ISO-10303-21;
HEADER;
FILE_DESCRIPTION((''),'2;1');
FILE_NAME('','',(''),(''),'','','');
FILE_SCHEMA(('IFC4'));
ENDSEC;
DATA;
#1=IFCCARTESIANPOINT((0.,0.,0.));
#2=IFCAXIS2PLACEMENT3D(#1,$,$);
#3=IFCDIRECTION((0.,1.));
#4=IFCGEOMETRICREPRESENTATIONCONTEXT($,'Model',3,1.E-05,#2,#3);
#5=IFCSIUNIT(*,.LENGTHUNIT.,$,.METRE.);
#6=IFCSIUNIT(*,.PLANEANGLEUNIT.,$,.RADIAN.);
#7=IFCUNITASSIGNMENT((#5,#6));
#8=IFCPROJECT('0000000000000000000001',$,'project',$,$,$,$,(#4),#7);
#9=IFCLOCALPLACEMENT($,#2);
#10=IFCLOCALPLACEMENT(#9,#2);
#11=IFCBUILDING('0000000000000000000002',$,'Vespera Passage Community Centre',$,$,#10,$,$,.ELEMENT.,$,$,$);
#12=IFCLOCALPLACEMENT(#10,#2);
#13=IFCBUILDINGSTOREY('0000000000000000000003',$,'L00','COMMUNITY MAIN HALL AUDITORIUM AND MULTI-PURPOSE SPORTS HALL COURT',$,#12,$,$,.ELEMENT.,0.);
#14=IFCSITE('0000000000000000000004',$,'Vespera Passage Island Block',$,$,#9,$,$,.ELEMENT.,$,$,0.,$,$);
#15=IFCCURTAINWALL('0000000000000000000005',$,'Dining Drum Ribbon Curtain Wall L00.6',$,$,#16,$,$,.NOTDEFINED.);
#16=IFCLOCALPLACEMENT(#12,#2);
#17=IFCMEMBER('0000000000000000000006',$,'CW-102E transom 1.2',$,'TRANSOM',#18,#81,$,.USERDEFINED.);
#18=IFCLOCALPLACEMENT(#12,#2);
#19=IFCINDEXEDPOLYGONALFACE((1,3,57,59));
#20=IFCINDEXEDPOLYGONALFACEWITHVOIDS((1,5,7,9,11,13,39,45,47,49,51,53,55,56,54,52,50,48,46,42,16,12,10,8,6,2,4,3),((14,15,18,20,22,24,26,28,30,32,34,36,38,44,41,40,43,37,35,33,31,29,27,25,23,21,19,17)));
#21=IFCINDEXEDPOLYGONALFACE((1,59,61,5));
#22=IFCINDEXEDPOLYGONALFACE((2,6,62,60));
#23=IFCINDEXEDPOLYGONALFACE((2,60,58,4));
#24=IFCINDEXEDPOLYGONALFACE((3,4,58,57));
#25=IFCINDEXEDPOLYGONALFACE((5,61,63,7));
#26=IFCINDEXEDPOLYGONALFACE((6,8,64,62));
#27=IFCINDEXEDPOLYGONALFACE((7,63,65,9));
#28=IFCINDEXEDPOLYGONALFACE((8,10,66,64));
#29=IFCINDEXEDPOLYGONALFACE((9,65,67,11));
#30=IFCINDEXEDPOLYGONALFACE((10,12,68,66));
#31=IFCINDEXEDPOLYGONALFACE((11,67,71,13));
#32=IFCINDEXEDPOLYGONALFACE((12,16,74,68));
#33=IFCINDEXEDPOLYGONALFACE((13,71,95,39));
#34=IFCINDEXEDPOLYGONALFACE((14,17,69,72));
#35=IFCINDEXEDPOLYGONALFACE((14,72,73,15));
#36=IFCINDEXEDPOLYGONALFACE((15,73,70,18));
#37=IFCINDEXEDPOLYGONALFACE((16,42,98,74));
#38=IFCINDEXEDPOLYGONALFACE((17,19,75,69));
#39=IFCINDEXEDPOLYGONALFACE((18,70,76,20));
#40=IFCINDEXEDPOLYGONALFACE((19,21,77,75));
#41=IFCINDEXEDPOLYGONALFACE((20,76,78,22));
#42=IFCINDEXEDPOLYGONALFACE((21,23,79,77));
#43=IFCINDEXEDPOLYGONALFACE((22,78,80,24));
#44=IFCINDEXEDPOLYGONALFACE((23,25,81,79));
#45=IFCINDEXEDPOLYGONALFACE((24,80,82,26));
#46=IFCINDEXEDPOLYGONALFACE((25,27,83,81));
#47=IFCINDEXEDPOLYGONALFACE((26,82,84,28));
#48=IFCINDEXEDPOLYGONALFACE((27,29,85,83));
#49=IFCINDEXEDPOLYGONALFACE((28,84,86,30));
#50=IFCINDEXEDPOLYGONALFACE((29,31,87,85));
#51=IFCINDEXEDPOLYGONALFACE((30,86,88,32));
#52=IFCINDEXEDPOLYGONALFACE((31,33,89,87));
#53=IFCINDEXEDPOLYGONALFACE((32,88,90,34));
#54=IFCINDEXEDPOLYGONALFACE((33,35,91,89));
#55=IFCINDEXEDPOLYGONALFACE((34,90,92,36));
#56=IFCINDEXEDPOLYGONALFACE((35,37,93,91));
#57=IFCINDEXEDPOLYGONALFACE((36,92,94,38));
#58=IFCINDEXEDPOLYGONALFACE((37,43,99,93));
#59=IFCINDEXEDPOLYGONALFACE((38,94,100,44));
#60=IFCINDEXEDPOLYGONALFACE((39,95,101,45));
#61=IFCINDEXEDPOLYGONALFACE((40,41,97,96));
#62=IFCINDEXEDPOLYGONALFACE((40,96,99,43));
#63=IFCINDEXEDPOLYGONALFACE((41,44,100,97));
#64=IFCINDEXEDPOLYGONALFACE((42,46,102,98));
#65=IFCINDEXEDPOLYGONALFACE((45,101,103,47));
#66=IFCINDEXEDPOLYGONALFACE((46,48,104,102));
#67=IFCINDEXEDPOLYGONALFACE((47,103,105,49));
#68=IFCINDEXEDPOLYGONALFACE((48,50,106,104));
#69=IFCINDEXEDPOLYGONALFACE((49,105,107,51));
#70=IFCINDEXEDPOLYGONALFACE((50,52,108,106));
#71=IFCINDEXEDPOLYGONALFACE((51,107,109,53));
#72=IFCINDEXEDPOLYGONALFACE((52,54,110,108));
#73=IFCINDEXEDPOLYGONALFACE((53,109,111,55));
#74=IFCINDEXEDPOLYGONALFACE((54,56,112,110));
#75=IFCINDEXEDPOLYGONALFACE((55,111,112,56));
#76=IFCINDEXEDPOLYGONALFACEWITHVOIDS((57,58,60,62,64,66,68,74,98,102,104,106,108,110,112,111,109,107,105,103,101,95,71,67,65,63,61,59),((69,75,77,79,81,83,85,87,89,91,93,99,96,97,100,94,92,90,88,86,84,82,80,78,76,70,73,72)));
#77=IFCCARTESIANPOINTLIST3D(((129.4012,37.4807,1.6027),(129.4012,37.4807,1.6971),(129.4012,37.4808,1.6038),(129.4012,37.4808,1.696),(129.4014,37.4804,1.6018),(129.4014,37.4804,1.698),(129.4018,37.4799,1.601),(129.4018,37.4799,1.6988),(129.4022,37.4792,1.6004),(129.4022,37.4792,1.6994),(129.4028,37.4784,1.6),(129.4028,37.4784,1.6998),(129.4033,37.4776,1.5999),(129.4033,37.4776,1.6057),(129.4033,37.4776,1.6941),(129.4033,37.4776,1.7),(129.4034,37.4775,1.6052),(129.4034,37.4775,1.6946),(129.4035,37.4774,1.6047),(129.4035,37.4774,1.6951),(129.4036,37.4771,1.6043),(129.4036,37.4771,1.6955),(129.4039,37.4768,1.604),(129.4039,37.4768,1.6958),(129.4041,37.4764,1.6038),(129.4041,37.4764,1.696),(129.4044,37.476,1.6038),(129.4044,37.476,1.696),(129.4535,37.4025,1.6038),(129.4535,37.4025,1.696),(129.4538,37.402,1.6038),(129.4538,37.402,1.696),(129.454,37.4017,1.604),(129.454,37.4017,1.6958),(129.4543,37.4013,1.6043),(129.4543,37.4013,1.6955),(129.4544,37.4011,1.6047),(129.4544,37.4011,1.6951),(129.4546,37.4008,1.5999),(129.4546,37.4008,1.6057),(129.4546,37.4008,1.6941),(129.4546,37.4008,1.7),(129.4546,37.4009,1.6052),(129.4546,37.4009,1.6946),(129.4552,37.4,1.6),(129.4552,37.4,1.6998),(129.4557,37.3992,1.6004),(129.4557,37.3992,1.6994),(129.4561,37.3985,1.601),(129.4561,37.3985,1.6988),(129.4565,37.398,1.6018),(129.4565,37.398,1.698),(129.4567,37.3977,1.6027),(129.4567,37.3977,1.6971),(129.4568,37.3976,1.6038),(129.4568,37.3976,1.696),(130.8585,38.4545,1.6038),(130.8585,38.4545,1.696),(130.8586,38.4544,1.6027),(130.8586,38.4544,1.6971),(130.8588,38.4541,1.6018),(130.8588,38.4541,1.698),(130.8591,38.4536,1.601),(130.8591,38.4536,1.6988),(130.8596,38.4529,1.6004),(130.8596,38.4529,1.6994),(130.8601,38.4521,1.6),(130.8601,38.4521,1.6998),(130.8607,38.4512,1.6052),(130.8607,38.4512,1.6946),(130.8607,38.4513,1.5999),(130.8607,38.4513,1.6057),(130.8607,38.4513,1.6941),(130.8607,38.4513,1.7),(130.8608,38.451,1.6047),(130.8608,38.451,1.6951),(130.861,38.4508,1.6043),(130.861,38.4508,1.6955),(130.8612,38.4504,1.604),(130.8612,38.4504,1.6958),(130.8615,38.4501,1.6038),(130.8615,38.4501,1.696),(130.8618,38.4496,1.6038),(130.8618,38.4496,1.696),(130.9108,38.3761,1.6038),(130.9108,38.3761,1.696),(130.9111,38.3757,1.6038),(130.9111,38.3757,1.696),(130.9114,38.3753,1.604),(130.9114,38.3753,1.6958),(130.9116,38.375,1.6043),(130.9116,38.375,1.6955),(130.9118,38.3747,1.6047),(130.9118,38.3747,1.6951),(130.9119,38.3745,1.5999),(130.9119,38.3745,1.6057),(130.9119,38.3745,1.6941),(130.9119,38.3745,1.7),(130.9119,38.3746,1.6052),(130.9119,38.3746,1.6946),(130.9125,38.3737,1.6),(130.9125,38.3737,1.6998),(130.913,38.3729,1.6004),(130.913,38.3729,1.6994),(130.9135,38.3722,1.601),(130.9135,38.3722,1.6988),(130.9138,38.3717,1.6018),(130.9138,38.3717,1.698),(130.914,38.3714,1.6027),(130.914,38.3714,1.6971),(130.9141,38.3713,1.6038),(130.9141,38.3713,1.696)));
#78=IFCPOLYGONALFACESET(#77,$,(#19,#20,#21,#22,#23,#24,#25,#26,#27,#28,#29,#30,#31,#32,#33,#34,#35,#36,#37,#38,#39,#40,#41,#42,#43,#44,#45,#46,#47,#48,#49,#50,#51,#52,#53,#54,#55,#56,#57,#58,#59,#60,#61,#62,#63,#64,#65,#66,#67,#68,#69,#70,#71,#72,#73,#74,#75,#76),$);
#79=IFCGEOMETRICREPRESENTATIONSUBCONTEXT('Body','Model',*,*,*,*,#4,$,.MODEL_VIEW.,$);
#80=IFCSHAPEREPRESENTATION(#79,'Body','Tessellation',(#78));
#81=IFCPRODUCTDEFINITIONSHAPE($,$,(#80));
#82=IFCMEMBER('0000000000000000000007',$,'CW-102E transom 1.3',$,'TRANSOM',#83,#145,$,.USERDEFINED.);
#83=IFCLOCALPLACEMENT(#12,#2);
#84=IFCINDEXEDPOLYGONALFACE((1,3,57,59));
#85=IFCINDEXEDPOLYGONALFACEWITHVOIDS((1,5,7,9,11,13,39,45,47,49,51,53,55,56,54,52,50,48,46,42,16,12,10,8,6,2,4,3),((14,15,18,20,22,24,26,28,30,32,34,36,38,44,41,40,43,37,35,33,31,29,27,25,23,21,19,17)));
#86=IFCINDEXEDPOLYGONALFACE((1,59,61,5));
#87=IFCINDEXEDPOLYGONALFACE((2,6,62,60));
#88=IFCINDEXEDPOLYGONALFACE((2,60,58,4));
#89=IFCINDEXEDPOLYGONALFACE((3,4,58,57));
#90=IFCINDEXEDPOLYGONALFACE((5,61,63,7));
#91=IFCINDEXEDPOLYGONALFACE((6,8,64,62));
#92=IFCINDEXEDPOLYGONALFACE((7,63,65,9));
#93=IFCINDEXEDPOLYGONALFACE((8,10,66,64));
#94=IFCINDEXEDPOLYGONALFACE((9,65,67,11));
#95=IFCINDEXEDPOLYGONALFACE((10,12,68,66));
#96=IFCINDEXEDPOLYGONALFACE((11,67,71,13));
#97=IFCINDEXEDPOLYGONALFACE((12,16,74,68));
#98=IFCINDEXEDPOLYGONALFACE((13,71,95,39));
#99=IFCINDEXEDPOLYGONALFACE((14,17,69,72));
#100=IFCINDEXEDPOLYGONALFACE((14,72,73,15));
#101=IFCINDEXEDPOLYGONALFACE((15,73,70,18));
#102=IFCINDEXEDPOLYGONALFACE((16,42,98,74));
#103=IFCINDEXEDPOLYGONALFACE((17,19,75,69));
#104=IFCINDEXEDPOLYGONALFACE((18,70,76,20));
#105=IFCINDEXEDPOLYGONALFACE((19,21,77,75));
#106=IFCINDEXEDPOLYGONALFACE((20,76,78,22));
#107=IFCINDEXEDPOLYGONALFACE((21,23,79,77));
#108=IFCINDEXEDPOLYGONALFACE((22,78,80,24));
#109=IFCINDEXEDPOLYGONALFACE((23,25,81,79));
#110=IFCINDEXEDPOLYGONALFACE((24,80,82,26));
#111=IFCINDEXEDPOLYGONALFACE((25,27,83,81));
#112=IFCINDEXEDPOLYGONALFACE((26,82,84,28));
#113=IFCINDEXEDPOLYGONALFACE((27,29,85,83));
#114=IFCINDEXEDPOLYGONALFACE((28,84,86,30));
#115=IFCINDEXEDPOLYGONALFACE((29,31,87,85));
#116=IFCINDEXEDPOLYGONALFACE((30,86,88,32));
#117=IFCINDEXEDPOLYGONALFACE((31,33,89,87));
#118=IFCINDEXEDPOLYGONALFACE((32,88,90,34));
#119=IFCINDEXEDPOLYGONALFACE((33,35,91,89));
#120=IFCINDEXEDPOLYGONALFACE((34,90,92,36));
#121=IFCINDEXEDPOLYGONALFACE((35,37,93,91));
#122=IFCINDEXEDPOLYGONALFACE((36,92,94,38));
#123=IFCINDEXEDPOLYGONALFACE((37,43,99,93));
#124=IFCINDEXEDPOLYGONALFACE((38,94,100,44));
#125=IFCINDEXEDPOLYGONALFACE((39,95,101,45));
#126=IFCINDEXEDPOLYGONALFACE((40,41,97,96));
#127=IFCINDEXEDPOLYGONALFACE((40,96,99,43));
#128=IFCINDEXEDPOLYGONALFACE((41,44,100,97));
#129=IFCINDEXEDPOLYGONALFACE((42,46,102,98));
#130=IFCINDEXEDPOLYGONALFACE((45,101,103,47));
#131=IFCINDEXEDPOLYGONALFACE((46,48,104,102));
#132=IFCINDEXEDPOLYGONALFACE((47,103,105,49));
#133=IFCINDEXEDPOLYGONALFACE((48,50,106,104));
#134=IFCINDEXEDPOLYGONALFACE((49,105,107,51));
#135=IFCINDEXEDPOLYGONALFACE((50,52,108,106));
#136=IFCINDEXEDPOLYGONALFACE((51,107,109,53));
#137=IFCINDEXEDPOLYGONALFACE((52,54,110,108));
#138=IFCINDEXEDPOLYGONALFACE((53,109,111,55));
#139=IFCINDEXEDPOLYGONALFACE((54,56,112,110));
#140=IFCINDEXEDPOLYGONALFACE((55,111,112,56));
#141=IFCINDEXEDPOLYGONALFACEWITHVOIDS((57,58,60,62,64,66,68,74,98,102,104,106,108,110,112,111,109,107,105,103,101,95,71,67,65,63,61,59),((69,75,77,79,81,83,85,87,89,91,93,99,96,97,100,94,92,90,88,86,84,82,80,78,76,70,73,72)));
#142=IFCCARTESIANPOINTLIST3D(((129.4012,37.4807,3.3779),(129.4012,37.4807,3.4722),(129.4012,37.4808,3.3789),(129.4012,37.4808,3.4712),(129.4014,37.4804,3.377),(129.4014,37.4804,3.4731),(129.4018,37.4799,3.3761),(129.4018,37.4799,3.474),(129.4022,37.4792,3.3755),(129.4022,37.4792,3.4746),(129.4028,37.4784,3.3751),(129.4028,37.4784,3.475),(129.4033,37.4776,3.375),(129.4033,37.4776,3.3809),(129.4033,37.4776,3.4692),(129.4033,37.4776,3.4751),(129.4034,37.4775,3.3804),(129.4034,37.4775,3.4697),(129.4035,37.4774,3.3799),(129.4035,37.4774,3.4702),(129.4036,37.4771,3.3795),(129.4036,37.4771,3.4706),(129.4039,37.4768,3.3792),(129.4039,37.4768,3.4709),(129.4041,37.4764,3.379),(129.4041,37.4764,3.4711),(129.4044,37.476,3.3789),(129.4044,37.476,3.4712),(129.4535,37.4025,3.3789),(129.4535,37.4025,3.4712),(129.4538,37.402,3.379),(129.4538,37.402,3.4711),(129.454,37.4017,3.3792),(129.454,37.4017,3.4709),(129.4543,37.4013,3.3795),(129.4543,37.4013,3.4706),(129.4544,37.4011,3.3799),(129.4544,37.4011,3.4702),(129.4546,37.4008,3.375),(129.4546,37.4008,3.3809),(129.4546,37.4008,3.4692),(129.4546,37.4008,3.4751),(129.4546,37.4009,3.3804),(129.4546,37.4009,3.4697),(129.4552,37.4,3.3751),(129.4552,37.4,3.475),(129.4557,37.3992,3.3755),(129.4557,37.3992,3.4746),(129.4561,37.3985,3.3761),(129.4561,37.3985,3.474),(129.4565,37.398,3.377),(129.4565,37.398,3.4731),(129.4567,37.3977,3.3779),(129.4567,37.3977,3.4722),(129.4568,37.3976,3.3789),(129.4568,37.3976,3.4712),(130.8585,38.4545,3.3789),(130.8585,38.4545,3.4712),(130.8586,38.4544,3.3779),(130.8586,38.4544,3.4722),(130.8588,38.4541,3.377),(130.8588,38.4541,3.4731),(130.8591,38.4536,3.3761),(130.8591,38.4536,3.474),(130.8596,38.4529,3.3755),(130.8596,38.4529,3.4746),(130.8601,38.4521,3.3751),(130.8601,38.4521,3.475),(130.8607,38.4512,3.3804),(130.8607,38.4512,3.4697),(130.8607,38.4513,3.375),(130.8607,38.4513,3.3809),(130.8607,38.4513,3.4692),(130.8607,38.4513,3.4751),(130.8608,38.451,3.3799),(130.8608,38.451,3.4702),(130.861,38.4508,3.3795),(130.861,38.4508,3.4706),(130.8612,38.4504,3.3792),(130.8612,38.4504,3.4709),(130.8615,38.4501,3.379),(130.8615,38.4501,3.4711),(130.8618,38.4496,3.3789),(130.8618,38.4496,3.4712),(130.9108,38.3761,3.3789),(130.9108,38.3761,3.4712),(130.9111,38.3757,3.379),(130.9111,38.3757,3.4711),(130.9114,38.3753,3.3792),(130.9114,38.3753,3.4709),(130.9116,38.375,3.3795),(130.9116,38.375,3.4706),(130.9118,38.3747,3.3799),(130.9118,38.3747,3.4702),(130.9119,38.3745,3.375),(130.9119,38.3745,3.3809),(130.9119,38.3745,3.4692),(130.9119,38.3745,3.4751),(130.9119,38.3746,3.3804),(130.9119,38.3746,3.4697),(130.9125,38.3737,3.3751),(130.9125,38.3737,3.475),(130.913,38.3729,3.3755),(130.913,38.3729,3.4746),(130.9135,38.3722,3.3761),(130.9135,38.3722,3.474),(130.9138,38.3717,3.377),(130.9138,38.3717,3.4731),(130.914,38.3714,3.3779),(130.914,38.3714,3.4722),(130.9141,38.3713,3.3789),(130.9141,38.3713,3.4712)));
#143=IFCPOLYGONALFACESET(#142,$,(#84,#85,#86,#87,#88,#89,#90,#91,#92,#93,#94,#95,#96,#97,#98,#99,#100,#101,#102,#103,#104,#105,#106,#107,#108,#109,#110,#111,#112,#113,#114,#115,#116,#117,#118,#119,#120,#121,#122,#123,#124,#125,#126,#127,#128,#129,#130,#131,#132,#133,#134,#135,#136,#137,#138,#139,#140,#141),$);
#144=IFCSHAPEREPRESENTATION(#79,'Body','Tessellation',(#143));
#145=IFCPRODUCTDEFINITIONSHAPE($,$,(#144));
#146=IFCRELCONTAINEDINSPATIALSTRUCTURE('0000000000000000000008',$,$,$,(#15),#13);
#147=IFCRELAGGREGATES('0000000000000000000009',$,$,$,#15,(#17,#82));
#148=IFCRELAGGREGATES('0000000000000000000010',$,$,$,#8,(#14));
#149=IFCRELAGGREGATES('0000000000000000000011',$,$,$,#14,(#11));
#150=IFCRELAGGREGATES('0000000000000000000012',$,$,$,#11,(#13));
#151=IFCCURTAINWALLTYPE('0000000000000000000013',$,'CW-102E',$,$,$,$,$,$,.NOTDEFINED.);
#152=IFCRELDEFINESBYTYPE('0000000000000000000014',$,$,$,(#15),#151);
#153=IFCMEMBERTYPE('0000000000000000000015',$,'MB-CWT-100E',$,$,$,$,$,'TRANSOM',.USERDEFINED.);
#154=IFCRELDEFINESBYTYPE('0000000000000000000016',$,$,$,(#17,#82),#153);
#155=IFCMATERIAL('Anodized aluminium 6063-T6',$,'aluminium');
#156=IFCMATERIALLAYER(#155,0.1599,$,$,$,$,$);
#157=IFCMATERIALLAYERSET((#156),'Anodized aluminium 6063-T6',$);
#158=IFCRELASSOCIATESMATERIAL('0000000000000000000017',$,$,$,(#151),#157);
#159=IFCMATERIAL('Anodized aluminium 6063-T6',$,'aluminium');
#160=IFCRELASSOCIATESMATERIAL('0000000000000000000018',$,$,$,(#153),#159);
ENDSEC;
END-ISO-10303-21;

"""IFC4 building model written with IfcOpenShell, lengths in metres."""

from ifc_helpers import new_model, si_unit, direction, frame, origin, origin_2d, place, context, subcontext, project, spatial, hollow_rectangle, extrude, material, layer, layer_set, material_profile, profile_set, type_object, element, aggregate, save


model = new_model("IFC4")

# Units and contexts
model_context = context("Model", 3, precision=1e-05, world=origin(), true_north=direction((0.0, 1.0)))
body_context = subcontext(model_context, "Body", "Model", "MODEL_VIEW")
ifc_project = project(units=[si_unit("LENGTHUNIT", "METRE"), si_unit("PLANEANGLEUNIT", "RADIAN")], contexts=[model_context])

# Site, building, storey
site_placement = place(None, origin())
site = spatial("IfcSite", under=ifc_project, at=site_placement, Name="Vespera Passage Island Block", CompositionType="ELEMENT", RefElevation=0.0)
building_placement = place(site_placement, origin())
building = spatial("IfcBuilding", under=site, at=building_placement, Name="Vespera Passage Community Centre", CompositionType="ELEMENT")
storey_placement = place(building_placement, origin())
storey = spatial("IfcBuildingStorey", under=building, at=storey_placement, Name="L00", Description="COMMUNITY MAIN HALL AUDITORIUM AND MULTI-PURPOSE SPORTS HALL COURT", CompositionType="ELEMENT", Elevation=0.0)

# Curtain wall
ifc_material_1 = material(Name="Anodized aluminium 6063-T6", Category="aluminium")
ifc_layer_1 = layer(ifc_material_1, 0.1599)
ifc_layer_set_1 = layer_set([ifc_layer_1], Name="Anodized aluminium 6063-T6")
curtain_wall_type_1 = type_object("IfcCurtainWallType", Name="CW-102E", PredefinedType="NOTDEFINED", material=ifc_layer_set_1)
curtain_wall_1_placement = place(storey_placement, origin())
curtain_wall_1 = element("IfcCurtainWall", 1, at=curtain_wall_1_placement, inside=storey, type_object=curtain_wall_type_1, Name="Dining Drum Ribbon Curtain Wall L00.6", PredefinedType="NOTDEFINED")

# Members
ifc_material_2 = material(Name="Anodized aluminium 6063-T6", Category="aluminium")
ifc_material_profile_1 = material_profile(ifc_material_2, hollow_rectangle(XDim=0.1001, YDim=0.1001, WallThickness=0.0039, InnerFilletRadius=0.002, OuterFilletRadius=0.0039, at=origin_2d()), Name="ALU100X100X4")
ifc_profile_set_1 = profile_set([ifc_material_profile_1], Name="Anodized aluminium 6063-T6")
member_type_1 = type_object("IfcMemberType", Name="MB-CWT-100E", ElementType="TRANSOM", PredefinedType="USERDEFINED", material=ifc_profile_set_1)
member_1_placement = place(storey_placement, frame((129.429, 37.4392, 1.6499), z_axis=(0.831493, 0.555536, 0.0), x_axis=(-0.555536, 0.831493, 0.0)))
member_1 = element("IfcMember", 2, at=member_1_placement, type_object=member_type_1, Name="CW-102E transom 1.2", ObjectType="TRANSOM", PredefinedType="USERDEFINED", context=body_context, shape_type="SweptSolid", body=[
    extrude(hollow_rectangle(XDim=0.1001, YDim=0.1001, WallThickness=0.0039, InnerFilletRadius=0.002, OuterFilletRadius=0.0039, at=origin_2d()), origin(), (0.0, 0.0, 1.0), 1.7527),
])
member_2_placement = place(storey_placement, frame((129.429, 37.4392, 3.425), z_axis=(0.831493, 0.555536, 0.0), x_axis=(-0.555536, 0.831493, 0.0)))
member_2 = element("IfcMember", 3, at=member_2_placement, type_object=member_type_1, Name="CW-102E transom 1.3", ObjectType="TRANSOM", PredefinedType="USERDEFINED", context=body_context, shape_type="SweptSolid", body=[
    extrude(hollow_rectangle(XDim=0.1001, YDim=0.1001, WallThickness=0.0039, InnerFilletRadius=0.002, OuterFilletRadius=0.0039, at=origin_2d()), origin(), (0.0, 0.0, 1.0), 1.7527),
])

aggregate(curtain_wall_1, [member_1, member_2])

save(model, "model.ifc")
